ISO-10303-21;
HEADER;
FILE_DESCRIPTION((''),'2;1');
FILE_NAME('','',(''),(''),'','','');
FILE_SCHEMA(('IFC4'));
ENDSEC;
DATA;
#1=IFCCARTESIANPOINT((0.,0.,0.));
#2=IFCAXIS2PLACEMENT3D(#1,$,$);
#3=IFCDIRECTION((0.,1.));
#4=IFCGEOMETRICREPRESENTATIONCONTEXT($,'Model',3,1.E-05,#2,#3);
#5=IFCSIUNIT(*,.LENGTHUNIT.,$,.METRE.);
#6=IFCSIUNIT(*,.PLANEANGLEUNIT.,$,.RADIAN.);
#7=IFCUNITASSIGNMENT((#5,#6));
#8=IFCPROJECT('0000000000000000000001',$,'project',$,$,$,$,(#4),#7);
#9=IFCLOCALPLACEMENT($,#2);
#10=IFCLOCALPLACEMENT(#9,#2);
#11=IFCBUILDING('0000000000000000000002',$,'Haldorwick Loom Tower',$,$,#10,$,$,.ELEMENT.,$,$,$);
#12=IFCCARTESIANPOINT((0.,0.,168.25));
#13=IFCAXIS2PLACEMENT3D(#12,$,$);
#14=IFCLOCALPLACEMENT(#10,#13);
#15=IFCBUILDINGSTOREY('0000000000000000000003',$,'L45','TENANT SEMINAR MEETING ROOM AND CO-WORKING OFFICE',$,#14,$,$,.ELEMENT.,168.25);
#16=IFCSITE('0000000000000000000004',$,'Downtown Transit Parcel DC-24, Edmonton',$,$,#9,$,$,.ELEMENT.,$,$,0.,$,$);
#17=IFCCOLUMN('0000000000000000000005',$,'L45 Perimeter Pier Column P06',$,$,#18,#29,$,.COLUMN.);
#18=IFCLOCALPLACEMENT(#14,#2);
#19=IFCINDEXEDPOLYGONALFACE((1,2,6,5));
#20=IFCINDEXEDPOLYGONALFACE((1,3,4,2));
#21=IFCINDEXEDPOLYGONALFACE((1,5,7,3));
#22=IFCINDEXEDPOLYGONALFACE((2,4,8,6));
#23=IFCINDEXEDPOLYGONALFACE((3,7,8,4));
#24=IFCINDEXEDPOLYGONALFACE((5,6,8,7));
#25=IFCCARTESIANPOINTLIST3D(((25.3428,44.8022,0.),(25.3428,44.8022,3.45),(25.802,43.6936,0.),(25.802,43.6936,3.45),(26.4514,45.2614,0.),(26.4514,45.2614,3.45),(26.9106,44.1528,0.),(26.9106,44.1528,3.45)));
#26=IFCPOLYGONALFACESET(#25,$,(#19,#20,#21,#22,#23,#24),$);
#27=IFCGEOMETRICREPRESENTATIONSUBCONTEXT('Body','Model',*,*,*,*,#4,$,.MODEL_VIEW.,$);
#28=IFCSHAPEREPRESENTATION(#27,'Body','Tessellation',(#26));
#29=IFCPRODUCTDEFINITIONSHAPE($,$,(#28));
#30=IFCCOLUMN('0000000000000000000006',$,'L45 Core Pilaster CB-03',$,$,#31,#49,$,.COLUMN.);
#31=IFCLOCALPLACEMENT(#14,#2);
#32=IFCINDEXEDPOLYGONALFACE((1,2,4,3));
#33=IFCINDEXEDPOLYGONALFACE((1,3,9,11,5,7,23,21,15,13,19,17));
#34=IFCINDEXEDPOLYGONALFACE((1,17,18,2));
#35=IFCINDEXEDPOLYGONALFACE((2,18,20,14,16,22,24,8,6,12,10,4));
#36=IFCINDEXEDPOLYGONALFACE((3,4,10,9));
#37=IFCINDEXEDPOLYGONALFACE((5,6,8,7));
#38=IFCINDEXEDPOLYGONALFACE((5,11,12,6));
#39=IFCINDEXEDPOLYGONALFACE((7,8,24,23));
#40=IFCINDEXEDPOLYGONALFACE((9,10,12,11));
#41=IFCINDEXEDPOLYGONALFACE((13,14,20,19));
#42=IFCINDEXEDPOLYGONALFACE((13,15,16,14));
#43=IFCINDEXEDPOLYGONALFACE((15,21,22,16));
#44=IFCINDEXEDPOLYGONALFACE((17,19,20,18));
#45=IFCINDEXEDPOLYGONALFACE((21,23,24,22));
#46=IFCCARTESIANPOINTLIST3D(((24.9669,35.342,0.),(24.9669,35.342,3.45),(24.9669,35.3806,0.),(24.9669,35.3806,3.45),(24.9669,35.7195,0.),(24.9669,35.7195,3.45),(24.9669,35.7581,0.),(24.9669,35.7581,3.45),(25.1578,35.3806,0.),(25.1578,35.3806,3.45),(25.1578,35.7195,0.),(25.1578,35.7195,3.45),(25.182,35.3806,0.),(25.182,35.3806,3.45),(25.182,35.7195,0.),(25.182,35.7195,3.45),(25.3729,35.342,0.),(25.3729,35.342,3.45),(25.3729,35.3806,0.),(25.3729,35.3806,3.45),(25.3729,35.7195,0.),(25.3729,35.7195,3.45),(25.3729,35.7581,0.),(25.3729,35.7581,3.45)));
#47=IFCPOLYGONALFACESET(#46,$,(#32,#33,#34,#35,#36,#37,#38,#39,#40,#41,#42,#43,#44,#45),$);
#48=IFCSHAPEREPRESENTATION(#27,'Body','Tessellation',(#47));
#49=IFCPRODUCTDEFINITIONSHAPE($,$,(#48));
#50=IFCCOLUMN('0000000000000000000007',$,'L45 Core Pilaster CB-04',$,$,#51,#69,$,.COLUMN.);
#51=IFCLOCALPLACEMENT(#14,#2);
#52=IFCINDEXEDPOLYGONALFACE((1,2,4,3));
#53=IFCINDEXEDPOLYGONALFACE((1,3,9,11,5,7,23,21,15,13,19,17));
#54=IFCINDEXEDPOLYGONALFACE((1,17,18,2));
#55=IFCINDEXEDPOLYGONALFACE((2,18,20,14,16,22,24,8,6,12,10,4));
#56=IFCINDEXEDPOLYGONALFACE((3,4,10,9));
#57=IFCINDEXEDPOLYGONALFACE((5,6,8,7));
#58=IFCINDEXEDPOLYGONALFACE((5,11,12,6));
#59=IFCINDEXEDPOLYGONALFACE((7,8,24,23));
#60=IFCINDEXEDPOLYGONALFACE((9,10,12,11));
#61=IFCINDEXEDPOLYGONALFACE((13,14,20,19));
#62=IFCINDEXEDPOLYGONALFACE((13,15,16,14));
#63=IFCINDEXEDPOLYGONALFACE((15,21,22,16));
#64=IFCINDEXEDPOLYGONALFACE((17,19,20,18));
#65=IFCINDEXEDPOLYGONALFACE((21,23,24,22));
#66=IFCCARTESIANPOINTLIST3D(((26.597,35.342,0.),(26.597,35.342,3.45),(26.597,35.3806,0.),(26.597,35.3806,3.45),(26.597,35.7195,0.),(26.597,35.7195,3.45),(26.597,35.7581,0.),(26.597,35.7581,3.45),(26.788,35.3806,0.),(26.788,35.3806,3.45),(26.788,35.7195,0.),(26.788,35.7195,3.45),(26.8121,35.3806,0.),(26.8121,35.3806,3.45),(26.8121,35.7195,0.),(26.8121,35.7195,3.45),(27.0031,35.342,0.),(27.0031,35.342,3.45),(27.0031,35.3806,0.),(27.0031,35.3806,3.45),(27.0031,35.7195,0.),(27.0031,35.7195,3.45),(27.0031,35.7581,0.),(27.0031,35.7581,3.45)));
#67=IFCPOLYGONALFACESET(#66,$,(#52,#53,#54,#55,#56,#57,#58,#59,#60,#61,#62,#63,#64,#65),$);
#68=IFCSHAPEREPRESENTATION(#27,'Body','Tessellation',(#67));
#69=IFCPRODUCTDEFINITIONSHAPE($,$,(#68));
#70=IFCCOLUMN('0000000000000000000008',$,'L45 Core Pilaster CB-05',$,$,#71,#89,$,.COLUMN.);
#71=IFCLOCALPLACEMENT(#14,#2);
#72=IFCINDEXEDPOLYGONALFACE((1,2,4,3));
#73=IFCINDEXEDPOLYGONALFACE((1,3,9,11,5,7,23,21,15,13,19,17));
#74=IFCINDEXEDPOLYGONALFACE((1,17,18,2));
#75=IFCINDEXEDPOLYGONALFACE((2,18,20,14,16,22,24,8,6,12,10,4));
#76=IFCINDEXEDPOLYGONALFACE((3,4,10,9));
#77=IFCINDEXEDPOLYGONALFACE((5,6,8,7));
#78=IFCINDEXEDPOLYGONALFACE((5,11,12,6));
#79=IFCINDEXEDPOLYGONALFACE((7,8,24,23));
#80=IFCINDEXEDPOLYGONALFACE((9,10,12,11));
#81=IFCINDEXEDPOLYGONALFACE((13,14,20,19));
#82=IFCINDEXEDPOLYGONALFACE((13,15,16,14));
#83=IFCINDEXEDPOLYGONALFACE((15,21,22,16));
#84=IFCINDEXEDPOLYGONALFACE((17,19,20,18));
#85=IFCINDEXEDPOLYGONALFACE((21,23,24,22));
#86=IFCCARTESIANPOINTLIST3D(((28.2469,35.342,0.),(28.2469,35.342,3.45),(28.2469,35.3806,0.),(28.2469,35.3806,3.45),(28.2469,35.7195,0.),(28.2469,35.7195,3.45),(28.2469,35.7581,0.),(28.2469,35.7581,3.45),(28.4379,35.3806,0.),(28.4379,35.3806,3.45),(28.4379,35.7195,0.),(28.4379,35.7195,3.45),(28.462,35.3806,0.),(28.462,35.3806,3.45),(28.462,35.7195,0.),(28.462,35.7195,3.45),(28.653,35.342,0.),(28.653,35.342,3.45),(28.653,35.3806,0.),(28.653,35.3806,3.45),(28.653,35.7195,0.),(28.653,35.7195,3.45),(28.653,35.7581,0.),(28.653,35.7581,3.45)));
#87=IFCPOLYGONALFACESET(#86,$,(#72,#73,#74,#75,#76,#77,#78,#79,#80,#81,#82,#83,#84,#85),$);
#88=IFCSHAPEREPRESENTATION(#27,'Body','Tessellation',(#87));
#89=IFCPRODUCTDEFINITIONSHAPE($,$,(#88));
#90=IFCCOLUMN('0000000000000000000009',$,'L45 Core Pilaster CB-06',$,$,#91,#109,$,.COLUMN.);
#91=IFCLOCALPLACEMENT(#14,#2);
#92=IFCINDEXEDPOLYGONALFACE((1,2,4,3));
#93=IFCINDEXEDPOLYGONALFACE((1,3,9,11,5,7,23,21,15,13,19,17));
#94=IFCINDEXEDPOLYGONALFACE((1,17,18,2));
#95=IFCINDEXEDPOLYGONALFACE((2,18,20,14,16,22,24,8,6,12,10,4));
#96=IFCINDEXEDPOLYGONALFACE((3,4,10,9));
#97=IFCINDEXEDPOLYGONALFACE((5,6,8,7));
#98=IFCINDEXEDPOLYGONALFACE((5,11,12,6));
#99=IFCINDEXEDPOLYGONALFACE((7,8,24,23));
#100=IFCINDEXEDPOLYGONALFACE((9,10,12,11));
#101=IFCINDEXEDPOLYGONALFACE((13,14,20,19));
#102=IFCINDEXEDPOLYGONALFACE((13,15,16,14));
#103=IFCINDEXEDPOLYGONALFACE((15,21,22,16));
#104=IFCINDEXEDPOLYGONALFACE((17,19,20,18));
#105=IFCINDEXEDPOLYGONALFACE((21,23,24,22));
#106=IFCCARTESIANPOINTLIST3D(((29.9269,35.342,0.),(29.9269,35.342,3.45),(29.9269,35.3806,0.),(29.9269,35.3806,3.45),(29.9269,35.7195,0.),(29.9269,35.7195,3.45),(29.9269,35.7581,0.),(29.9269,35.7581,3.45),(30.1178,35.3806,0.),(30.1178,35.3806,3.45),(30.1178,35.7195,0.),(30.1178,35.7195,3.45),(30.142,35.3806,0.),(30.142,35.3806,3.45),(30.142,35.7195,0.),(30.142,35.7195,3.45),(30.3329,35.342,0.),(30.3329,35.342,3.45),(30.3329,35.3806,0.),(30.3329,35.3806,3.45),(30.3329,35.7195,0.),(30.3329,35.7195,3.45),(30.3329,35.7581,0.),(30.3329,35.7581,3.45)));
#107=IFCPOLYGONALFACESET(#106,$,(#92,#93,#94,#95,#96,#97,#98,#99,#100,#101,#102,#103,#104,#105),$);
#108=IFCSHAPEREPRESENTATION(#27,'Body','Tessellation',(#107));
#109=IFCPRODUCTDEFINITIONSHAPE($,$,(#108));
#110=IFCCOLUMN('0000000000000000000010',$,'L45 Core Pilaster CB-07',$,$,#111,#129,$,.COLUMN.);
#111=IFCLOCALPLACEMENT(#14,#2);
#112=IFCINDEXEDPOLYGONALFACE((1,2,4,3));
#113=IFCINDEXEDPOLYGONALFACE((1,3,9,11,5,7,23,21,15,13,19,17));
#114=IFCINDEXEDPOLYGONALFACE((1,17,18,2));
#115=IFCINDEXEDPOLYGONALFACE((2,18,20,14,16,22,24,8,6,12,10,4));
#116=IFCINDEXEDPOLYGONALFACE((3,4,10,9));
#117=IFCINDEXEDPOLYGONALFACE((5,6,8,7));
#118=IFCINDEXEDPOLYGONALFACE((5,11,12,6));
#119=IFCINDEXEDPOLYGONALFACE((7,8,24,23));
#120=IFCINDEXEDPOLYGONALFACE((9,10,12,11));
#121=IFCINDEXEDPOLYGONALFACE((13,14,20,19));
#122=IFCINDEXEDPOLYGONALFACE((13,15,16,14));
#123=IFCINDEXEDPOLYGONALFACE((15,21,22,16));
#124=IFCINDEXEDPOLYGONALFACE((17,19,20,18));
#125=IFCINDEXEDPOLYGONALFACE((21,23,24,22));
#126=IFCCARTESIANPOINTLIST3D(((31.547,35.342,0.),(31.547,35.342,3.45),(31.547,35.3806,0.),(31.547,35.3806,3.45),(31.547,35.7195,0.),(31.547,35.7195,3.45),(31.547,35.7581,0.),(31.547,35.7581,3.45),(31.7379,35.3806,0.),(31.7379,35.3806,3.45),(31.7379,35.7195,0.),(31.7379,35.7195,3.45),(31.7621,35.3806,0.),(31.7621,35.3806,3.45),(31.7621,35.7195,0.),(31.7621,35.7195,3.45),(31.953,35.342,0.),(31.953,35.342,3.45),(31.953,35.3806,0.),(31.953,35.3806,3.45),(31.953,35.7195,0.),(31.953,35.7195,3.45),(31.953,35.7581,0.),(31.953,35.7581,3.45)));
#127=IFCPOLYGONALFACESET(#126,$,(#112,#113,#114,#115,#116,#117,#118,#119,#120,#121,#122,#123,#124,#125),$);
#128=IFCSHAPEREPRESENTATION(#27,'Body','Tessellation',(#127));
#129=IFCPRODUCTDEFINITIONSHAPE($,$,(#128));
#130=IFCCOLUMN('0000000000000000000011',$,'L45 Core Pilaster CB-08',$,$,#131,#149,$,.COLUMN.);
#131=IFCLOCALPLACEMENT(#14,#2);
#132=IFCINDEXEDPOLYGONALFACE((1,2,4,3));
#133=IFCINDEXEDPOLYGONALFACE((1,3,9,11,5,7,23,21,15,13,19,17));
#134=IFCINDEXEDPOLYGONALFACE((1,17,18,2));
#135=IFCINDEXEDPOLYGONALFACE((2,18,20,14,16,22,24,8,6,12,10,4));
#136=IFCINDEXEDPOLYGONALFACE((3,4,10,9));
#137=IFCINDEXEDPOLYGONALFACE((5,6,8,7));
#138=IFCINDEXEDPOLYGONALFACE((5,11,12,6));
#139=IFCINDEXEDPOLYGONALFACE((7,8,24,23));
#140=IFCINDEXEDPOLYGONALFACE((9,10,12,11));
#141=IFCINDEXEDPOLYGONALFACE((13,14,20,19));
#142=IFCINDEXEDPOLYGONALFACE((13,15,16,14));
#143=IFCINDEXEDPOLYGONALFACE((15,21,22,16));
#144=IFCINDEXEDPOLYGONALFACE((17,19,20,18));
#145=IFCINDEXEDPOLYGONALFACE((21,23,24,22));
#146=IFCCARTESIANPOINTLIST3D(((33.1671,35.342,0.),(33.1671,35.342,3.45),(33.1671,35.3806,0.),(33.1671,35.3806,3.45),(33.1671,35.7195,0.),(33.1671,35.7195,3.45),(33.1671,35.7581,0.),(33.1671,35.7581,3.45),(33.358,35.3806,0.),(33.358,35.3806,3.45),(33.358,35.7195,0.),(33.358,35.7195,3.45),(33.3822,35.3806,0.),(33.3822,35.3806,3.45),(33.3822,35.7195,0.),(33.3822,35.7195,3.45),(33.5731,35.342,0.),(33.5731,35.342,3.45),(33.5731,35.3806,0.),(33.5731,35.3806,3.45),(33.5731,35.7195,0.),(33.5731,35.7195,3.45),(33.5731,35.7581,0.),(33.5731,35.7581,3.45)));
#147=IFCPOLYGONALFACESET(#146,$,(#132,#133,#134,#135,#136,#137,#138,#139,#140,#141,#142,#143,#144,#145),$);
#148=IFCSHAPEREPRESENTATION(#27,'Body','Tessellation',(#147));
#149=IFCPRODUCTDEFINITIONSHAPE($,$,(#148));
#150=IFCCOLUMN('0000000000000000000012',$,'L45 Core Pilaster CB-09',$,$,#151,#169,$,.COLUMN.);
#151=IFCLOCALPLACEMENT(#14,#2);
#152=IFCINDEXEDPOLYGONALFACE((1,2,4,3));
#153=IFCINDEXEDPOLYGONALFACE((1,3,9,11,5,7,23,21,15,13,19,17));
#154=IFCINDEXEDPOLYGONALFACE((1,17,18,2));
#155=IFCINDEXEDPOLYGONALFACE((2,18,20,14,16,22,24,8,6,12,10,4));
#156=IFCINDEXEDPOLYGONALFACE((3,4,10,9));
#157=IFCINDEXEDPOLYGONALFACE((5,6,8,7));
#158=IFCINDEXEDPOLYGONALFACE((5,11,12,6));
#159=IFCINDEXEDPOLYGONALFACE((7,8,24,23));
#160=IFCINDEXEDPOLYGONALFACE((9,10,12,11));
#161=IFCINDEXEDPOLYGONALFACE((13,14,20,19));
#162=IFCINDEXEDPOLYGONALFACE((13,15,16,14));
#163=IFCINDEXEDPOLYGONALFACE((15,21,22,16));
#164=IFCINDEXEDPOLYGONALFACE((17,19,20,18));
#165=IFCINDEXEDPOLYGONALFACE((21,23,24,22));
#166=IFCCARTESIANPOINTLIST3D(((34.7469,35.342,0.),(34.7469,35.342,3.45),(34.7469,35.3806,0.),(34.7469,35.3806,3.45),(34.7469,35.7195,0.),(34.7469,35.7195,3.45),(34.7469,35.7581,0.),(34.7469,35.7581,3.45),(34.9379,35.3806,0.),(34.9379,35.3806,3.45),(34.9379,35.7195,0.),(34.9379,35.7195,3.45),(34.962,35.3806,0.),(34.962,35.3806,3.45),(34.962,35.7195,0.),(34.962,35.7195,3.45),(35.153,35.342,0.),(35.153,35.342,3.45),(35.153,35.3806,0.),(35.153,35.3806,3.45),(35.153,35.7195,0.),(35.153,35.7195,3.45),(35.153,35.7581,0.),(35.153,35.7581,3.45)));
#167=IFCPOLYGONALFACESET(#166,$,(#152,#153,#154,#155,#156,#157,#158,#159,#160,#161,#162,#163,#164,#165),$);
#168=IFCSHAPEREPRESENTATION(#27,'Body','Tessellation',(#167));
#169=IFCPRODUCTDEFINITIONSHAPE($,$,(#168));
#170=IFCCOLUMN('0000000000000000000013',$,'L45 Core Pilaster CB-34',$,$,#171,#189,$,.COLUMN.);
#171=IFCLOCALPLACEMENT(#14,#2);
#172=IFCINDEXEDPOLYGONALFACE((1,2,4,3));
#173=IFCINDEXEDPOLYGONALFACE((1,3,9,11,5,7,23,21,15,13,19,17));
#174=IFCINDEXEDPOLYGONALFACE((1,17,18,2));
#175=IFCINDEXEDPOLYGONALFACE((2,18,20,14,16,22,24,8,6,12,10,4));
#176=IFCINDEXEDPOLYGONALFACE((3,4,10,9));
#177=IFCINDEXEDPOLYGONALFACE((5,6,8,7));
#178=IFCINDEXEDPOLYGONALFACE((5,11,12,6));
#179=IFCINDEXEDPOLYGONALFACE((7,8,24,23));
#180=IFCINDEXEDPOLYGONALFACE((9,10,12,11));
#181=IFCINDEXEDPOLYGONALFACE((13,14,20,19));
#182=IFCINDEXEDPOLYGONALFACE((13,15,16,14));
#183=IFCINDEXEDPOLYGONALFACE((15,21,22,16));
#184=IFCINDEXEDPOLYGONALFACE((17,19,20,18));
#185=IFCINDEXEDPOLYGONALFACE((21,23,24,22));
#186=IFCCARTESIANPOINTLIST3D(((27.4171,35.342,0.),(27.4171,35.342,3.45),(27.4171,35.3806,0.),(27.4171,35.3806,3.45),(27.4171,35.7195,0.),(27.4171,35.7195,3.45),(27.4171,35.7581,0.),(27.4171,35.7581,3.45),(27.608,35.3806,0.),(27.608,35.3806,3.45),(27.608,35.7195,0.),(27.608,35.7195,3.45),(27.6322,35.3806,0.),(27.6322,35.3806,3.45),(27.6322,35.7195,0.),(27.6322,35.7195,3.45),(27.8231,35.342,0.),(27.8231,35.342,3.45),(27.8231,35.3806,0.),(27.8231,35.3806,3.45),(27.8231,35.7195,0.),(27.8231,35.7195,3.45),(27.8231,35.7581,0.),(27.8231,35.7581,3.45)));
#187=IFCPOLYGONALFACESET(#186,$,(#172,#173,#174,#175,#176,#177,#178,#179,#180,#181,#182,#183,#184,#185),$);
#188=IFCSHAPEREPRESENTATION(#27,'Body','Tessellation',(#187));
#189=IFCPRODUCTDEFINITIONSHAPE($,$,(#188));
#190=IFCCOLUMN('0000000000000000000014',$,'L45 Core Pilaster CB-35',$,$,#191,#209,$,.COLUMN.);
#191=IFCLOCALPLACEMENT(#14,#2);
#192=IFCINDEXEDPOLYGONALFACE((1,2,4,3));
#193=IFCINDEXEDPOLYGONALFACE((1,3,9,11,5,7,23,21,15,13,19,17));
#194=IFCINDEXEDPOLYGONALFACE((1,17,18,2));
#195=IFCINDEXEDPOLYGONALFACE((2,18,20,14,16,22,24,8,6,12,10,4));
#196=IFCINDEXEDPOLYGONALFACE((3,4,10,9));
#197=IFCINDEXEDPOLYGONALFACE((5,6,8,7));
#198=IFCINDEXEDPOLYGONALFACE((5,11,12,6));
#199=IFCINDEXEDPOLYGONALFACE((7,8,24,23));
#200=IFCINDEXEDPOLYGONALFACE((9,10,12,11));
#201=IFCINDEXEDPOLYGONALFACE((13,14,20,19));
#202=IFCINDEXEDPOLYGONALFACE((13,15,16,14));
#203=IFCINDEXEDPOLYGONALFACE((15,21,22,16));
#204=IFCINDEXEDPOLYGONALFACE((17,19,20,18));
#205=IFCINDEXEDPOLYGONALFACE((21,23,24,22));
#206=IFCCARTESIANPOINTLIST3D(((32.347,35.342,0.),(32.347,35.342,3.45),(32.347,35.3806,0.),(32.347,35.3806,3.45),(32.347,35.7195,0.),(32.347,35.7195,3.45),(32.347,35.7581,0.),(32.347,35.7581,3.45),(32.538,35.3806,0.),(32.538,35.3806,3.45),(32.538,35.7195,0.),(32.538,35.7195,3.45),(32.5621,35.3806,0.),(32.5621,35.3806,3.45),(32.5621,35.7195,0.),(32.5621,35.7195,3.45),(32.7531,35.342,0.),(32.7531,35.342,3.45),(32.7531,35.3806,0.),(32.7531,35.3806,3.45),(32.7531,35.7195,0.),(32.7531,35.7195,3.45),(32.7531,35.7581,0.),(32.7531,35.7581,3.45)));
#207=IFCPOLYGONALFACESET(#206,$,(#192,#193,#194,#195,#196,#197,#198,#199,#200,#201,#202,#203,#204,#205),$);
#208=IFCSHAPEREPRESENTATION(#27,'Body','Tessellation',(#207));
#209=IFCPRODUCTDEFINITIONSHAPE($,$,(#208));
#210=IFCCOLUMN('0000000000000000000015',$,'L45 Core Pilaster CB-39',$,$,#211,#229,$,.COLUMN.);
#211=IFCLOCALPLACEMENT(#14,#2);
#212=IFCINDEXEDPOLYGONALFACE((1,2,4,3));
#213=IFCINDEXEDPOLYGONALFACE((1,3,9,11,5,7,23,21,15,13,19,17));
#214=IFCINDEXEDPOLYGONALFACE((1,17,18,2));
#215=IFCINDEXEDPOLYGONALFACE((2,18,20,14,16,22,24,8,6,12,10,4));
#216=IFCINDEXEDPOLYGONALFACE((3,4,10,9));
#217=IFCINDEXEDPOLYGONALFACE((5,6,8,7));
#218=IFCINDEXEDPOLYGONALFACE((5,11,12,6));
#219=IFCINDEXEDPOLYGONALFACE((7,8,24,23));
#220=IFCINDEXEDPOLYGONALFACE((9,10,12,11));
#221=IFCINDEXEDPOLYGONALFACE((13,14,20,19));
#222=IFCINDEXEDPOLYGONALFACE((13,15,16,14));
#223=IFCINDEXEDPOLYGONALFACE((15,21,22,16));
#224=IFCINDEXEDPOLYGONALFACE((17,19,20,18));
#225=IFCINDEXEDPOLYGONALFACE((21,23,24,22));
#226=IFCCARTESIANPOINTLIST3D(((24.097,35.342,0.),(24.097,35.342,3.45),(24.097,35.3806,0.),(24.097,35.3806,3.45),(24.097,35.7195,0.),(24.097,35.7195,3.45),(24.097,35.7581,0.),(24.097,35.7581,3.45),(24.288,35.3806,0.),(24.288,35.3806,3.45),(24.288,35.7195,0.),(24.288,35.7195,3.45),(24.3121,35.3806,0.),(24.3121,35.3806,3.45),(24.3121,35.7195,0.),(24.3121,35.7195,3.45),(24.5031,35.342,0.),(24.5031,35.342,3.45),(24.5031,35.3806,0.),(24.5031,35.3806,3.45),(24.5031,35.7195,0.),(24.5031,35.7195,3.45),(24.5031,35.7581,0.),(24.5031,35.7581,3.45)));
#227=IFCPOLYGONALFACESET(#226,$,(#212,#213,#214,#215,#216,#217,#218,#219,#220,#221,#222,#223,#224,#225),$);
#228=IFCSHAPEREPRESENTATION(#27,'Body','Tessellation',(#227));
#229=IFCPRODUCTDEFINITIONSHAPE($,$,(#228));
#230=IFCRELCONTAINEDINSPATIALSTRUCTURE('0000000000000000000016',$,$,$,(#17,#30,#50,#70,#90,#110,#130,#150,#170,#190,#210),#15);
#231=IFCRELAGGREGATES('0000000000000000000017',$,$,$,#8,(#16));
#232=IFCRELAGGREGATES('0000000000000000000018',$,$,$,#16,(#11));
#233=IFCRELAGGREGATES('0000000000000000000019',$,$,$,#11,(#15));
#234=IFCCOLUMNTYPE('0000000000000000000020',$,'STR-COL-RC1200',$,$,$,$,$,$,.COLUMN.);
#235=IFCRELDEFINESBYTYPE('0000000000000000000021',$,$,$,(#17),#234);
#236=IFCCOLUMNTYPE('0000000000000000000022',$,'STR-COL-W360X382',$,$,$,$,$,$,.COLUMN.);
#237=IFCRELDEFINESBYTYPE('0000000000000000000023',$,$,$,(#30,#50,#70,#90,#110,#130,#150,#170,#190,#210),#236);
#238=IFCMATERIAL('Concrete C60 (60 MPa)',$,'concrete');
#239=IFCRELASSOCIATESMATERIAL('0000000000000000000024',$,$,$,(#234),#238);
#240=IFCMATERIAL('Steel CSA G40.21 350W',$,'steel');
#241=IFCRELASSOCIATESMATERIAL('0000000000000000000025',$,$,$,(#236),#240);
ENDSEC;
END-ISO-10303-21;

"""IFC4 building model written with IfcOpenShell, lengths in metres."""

from ifc_helpers import new_model, si_unit, direction, frame, origin, origin_2d, place, context, subcontext, project, spatial, rectangle, i_section, extrude, material, material_profile, profile_set, type_object, element, save


model = new_model("IFC4")

# Units and contexts
model_context = context("Model", 3, precision=1e-05, world=origin(), true_north=direction((0.0, 1.0)))
body_context = subcontext(model_context, "Body", "Model", "MODEL_VIEW")
ifc_project = project(units=[si_unit("LENGTHUNIT", "METRE"), si_unit("PLANEANGLEUNIT", "RADIAN")], contexts=[model_context])

# Site, building, storey
site_placement = place(None, origin())
site = spatial("IfcSite", under=ifc_project, at=site_placement, Name="Downtown Transit Parcel DC-24, Edmonton", CompositionType="ELEMENT", RefElevation=0.0)
building_placement = place(site_placement, origin())
building = spatial("IfcBuilding", under=site, at=building_placement, Name="Haldorwick Loom Tower", CompositionType="ELEMENT")
storey_placement = place(building_placement, frame((0.0, 0.0, 168.25)))
storey = spatial("IfcBuildingStorey", under=building, at=storey_placement, Name="L45", Description="TENANT SEMINAR MEETING ROOM AND CO-WORKING OFFICE", CompositionType="ELEMENT", Elevation=168.25)

# Columns
ifc_material_1 = material(Name="Concrete C60 (60 MPa)", Category="concrete")
ifc_material_profile_1 = material_profile(ifc_material_1, rectangle(XDim=1.2, YDim=1.2, at=origin_2d()), Name="RC1200X1200", Category="concrete")
ifc_profile_set_1 = profile_set([ifc_material_profile_1], Name="Concrete C60 (60 MPa)")
column_type_1 = type_object("IfcColumnType", Name="STR-COL-RC1200", PredefinedType="COLUMN", material=ifc_profile_set_1)
column_placement = place(storey_placement, frame((26.1267, 44.4775, 0.0), z_axis=(0.0, 0.0, 1.0), x_axis=(-0.382683, 0.92388, 0.0)))
element("IfcColumn", 1, at=column_placement, inside=storey, type_object=column_type_1, Name="L45 Perimeter Pier Column P06", PredefinedType="COLUMN", context=body_context, shape_type="SweptSolid", body=[
    extrude(rectangle(XDim=1.2, YDim=1.2, at=origin_2d()), origin(), (0.0, 0.0, 1.0), 3.45),
])
ifc_material_2 = material(Name="Steel CSA G40.21 350W", Category="steel")
ifc_material_profile_2 = material_profile(ifc_material_2, i_section(OverallWidth=0.406, OverallDepth=0.416, WebThickness=0.0242, FlangeThickness=0.0386, at=origin_2d()), Name="W360X382", Category="steel")
ifc_profile_set_2 = profile_set([ifc_material_profile_2], Name="Steel CSA G40.21 350W")
column_type_2 = type_object("IfcColumnType", Name="STR-COL-W360X382", PredefinedType="COLUMN", material=ifc_profile_set_2)
for number, where, z_axis, x_axis, name in (
    (2, (25.1699, 35.55, 0.0), (0.0, 0.0, 1.0), (1.0, 0.0, 0.0), "L45 Core Pilaster CB-03"),
    (3, (26.8, 35.55, 0.0), (0.0, 0.0, 1.0), (1.0, 0.0, 0.0), "L45 Core Pilaster CB-04"),
    (4, (28.45, 35.55, 0.0), (0.0, 0.0, 1.0), (1.0, 0.0, 0.0), "L45 Core Pilaster CB-05"),
    (5, (30.1299, 35.55, 0.0), (0.0, 0.0, 1.0), (1.0, 0.0, 0.0), "L45 Core Pilaster CB-06"),
    (6, (31.75, 35.55, 0.0), (0.0, 0.0, 1.0), (1.0, 0.0, 0.0), "L45 Core Pilaster CB-07"),
    (7, (33.3701, 35.55, 0.0), (0.0, 0.0, 1.0), (1.0, 0.0, 0.0), "L45 Core Pilaster CB-08"),
    (8, (34.95, 35.55, 0.0), (0.0, 0.0, 1.0), (1.0, 0.0, 0.0), "L45 Core Pilaster CB-09"),
    (9, (27.6201, 35.55, 0.0), (0.0, 0.0, 1.0), (1.0, 0.0, 0.0), "L45 Core Pilaster CB-34"),
    (10, (32.55, 35.55, 0.0), (0.0, 0.0, 1.0), (1.0, 0.0, 0.0), "L45 Core Pilaster CB-35"),
    (11, (24.3, 35.55, 0.0), (0.0, 0.0, 1.0), (1.0, 0.0, 0.0), "L45 Core Pilaster CB-39"),
):
    element("IfcColumn", number, at=place(storey_placement, frame(where, z_axis=z_axis, x_axis=x_axis)), inside=storey, type_object=column_type_2, Name=name, PredefinedType="COLUMN", context=body_context, shape_type="SweptSolid", body=[
        extrude(i_section(OverallWidth=0.406, OverallDepth=0.416, WebThickness=0.0242, FlangeThickness=0.0386, at=origin_2d()), origin(), (0.0, 0.0, 1.0), 3.45),
    ])

save(model, "model.ifc")
